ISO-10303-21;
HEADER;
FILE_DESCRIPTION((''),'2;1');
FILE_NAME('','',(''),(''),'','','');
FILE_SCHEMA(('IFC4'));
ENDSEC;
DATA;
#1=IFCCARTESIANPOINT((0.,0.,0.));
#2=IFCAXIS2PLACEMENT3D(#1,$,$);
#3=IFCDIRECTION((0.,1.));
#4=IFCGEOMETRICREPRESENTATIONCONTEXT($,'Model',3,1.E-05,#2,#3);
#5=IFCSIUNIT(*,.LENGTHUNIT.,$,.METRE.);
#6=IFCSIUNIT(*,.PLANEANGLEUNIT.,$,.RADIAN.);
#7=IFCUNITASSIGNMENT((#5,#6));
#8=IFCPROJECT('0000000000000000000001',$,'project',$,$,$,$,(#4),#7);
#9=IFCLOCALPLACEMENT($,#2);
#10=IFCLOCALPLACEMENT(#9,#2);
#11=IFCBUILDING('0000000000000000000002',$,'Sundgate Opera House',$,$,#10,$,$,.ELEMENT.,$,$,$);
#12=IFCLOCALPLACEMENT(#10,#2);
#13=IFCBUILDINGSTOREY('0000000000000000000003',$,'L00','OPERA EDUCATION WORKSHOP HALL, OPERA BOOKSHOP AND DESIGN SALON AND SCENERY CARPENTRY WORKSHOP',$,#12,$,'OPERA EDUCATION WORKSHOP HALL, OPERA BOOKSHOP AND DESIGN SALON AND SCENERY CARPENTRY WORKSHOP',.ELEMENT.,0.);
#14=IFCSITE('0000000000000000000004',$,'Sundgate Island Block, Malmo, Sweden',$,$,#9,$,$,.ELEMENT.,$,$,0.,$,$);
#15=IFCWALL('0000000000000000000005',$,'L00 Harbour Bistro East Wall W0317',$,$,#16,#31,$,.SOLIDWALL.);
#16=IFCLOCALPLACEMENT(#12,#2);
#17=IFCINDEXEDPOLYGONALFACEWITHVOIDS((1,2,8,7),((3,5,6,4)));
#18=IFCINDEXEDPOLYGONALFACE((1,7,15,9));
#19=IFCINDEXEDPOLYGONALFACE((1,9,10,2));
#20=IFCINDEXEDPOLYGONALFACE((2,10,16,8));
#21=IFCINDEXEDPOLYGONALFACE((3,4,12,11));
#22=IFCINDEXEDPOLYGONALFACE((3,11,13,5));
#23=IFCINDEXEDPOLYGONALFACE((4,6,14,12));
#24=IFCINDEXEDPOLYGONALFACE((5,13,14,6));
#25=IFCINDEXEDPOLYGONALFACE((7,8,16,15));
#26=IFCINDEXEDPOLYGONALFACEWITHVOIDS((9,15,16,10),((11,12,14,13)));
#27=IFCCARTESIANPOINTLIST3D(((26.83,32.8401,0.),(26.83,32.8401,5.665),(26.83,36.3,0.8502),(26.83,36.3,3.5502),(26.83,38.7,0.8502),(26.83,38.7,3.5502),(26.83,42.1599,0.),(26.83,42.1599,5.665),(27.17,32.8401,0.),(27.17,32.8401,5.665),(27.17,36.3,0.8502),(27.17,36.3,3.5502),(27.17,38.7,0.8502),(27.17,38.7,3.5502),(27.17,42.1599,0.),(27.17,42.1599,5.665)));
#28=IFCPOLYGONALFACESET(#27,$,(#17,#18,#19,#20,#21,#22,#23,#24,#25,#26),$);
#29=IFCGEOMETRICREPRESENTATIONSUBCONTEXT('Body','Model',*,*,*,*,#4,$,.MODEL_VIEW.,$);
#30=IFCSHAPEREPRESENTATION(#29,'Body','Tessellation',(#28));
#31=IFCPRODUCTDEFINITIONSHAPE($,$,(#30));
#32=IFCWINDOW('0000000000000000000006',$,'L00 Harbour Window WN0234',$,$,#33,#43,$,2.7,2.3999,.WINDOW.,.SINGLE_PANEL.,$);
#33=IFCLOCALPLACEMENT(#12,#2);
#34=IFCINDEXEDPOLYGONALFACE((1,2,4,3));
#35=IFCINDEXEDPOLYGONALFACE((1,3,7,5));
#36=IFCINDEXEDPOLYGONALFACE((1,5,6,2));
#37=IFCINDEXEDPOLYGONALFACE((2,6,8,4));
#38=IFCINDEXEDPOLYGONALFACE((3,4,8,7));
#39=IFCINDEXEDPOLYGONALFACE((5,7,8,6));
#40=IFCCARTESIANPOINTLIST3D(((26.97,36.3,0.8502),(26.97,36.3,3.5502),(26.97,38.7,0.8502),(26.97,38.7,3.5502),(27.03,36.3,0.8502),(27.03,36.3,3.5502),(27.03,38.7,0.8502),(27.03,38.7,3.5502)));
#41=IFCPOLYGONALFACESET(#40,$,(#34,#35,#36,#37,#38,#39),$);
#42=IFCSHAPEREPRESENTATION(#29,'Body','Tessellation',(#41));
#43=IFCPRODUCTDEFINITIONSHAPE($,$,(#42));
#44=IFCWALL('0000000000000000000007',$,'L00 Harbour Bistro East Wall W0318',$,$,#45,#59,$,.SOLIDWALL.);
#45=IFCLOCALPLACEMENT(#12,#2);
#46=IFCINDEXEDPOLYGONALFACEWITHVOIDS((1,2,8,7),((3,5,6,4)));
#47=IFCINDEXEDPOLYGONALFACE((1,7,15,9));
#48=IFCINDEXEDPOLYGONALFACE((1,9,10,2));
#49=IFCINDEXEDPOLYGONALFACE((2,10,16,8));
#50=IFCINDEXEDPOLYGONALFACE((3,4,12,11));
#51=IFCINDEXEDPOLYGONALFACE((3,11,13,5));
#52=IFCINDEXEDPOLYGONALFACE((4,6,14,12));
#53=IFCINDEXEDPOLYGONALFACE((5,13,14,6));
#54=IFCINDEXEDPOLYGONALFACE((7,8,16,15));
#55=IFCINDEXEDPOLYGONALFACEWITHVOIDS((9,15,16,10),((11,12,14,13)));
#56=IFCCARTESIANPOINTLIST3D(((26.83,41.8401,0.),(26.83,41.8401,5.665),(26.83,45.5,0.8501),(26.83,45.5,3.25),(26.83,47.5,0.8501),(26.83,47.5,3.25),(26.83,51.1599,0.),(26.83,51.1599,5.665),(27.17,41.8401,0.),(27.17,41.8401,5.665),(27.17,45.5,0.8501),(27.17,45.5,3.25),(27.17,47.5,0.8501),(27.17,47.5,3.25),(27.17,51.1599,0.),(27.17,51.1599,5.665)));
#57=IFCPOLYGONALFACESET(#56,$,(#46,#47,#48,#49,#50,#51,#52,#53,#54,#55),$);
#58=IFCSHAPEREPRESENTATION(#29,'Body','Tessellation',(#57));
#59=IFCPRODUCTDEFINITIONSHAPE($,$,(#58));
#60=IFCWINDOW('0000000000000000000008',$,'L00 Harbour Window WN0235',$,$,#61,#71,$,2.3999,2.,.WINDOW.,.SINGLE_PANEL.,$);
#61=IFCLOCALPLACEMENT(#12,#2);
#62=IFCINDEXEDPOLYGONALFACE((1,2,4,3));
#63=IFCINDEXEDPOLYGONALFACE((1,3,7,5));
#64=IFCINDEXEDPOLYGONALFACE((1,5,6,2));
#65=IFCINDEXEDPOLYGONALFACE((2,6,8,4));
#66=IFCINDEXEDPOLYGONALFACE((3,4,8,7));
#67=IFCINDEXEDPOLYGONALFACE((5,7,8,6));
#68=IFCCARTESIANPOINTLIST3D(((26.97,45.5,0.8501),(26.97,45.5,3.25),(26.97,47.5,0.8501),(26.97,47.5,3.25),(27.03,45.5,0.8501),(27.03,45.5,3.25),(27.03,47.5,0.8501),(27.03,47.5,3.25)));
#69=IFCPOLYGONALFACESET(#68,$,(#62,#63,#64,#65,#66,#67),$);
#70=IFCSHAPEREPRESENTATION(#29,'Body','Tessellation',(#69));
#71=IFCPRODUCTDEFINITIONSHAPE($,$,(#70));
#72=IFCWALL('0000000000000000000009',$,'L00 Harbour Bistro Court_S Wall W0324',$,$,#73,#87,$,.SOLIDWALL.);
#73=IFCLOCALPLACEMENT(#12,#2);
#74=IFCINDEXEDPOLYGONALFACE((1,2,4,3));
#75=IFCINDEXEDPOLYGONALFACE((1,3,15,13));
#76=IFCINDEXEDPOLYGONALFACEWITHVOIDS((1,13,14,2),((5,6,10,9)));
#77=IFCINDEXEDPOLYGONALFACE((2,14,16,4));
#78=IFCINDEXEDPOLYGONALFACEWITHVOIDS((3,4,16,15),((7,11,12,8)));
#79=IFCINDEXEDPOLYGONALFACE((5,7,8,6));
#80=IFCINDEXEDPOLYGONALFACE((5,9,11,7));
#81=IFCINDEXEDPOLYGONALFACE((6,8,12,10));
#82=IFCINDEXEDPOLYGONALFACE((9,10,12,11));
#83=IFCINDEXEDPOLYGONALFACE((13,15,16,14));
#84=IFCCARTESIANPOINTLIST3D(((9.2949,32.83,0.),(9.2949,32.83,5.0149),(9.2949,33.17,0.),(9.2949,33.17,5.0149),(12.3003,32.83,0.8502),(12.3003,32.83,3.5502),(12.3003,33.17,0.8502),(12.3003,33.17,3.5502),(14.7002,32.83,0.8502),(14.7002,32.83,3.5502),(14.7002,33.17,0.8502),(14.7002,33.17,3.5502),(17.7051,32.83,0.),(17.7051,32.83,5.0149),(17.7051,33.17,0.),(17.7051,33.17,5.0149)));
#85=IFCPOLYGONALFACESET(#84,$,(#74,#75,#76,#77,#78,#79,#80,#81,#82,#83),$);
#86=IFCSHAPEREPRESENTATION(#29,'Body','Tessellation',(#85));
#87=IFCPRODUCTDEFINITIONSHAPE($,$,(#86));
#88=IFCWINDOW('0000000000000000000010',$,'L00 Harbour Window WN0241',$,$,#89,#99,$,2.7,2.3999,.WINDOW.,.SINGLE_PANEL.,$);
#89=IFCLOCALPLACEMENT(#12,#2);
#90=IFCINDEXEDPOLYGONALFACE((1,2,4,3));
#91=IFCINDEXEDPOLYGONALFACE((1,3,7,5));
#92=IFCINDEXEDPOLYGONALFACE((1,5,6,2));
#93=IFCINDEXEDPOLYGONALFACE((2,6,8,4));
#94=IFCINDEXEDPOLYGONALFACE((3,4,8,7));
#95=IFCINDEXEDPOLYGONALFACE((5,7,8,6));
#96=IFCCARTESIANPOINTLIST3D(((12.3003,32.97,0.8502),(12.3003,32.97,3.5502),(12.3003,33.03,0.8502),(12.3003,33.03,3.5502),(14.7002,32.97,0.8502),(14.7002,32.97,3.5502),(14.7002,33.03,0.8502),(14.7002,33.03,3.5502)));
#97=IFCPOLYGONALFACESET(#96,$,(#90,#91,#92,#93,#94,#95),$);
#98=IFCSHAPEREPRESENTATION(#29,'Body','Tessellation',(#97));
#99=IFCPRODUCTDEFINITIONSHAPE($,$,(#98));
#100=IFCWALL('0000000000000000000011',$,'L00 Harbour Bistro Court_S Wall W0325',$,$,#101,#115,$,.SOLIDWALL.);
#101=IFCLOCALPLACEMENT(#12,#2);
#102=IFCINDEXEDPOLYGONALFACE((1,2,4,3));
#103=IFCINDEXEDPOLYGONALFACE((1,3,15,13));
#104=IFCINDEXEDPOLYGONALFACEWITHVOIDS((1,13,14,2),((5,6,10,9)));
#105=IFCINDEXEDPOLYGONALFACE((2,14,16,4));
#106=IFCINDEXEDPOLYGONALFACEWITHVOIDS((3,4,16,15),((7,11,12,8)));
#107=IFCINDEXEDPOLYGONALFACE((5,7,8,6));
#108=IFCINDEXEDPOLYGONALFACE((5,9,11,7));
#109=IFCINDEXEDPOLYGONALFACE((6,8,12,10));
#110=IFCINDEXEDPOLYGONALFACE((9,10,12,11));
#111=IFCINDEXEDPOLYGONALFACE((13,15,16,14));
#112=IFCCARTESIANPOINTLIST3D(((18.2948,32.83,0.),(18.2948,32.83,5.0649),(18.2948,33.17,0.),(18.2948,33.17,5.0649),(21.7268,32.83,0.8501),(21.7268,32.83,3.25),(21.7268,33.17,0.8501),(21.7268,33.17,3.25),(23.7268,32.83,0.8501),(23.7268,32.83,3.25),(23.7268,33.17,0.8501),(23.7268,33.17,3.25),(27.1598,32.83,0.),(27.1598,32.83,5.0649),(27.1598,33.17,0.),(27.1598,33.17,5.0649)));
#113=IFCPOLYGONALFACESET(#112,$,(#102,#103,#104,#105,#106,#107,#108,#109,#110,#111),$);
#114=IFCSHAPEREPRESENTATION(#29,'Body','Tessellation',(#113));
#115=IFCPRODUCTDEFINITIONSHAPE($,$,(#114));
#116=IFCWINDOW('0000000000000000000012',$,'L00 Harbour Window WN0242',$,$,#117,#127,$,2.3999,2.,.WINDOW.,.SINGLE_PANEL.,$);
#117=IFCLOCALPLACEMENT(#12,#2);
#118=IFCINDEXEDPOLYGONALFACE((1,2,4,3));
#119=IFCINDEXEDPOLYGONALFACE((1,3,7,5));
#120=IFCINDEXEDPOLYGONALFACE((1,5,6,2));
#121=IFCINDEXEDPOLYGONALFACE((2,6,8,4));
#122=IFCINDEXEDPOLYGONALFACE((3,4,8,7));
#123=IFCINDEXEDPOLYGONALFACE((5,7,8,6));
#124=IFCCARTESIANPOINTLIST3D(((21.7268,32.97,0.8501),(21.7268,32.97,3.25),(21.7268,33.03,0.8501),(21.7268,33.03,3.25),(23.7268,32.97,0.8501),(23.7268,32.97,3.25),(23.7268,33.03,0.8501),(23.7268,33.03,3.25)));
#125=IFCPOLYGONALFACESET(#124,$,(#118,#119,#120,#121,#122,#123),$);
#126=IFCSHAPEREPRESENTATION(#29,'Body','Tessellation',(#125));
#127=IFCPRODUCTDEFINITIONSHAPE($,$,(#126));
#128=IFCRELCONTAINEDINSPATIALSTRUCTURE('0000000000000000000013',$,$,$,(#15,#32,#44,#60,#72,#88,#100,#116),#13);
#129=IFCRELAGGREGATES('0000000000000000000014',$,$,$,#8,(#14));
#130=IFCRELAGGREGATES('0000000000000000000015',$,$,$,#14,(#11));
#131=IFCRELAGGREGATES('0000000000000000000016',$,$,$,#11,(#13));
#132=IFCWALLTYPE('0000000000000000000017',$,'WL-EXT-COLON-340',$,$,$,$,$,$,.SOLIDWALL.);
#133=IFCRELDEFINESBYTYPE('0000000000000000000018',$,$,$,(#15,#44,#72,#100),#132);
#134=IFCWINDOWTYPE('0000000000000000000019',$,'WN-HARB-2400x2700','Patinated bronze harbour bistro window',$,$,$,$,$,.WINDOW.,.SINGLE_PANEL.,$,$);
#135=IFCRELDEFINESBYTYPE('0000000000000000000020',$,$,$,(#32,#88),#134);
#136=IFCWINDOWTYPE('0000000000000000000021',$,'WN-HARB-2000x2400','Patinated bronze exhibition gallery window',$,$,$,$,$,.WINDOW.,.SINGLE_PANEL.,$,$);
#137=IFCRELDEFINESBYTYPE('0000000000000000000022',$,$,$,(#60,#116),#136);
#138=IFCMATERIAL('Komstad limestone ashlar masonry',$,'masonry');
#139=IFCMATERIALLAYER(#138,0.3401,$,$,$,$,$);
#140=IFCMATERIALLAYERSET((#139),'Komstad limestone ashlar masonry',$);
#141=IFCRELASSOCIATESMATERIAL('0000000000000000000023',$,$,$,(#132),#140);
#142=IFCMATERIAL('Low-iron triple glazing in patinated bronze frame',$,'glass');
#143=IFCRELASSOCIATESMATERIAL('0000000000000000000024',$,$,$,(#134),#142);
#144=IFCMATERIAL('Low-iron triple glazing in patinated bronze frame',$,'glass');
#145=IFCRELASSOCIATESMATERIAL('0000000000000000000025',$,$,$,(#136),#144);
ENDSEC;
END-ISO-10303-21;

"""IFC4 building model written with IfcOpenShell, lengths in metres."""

from ifc_helpers import new_model, si_unit, direction, frame, frame_2d, origin, place, context, subcontext, project, spatial, rectangle, extrude, material, layer, layer_set, type_object, element, fill, save


model = new_model("IFC4")

# Units and contexts
model_context = context("Model", 3, precision=1e-05, world=origin(), true_north=direction((0.0, 1.0)))
body_context = subcontext(model_context, "Body", "Model", "MODEL_VIEW")
ifc_project = project(units=[si_unit("LENGTHUNIT", "METRE"), si_unit("PLANEANGLEUNIT", "RADIAN")], contexts=[model_context])

# Site, building, storey
site_placement = place(None, origin())
site = spatial("IfcSite", under=ifc_project, at=site_placement, Name="Sundgate Island Block, Malmo, Sweden", CompositionType="ELEMENT", RefElevation=0.0)
building_placement = place(site_placement, origin())
building = spatial("IfcBuilding", under=site, at=building_placement, Name="Sundgate Opera House", CompositionType="ELEMENT")
storey_placement = place(building_placement, origin())
storey = spatial("IfcBuildingStorey", under=building, at=storey_placement, Name="L00", Description="OPERA EDUCATION WORKSHOP HALL, OPERA BOOKSHOP AND DESIGN SALON AND SCENERY CARPENTRY WORKSHOP", LongName="OPERA EDUCATION WORKSHOP HALL, OPERA BOOKSHOP AND DESIGN SALON AND SCENERY CARPENTRY WORKSHOP", CompositionType="ELEMENT", Elevation=0.0)

# Walls, openings, windows
ifc_material_1 = material(Name="Komstad limestone ashlar masonry", Category="masonry")
ifc_layer = layer(ifc_material_1, 0.3401)
ifc_layer_set = layer_set([ifc_layer], Name="Komstad limestone ashlar masonry")
wall_type = type_object("IfcWallType", Name="WL-EXT-COLON-340", PredefinedType="SOLIDWALL", material=ifc_layer_set)
wall_1_placement = place(storey_placement, frame((27.0, 32.8401, 0.0), z_axis=(0.0, 0.0, 1.0), x_axis=(0.0, 1.0, 0.0)))
wall_1 = element("IfcWall", 1, at=wall_1_placement, inside=storey, type_object=wall_type, Name="L00 Harbour Bistro East Wall W0317", PredefinedType="SOLIDWALL", context=body_context, shape_type="SweptSolid", body=[
    extrude(rectangle(XDim=9.3198, YDim=0.3401, at=frame_2d((4.6599, 0.0))), origin(), (0.0, 0.0, 1.0), 5.665),
])
opening_1_placement = place(wall_1_placement, frame((3.46, 0.0, 0.8501)))
opening_1 = element("IfcOpeningElement", 2, at=opening_1_placement, cuts=wall_1, PredefinedType="OPENING", context=body_context, shape_type="SweptSolid", body=[
    extrude(rectangle(XDim=2.3999, YDim=2.7, at=frame_2d((1.2, 1.3501))), frame((0.0, 0.1799, 0.0), z_axis=(0.0, -1.0, 0.0), x_axis=(1.0, 0.0, 0.0)), (0.0, 0.0, 1.0), 0.3601),
])
ifc_material_2 = material(Name="Low-iron triple glazing in patinated bronze frame", Category="glass")
window_type_1 = type_object("IfcWindowType", Name="WN-HARB-2400x2700", Description="Patinated bronze harbour bistro window", PartitioningType="SINGLE_PANEL", PredefinedType="WINDOW", material=ifc_material_2)
window_1_placement = place(opening_1_placement, origin())
window_1 = element("IfcWindow", 3, at=window_1_placement, inside=storey, type_object=window_type_1, Name="L00 Harbour Window WN0234", OverallHeight=2.7, OverallWidth=2.3999, PartitioningType="SINGLE_PANEL", PredefinedType="WINDOW", context=body_context, shape_type="SweptSolid", body=[
    extrude(rectangle(XDim=2.3999, YDim=2.7, at=frame_2d((1.2, 1.3501))), frame((0.0, 0.03, 0.0), z_axis=(0.0, -1.0, 0.0), x_axis=(1.0, 0.0, 0.0)), (0.0, 0.0, 1.0), 0.0601),
])
fill(opening_1, window_1)
wall_2_placement = place(storey_placement, frame((27.0, 41.8401, 0.0), z_axis=(0.0, 0.0, 1.0), x_axis=(0.0, 1.0, 0.0)))
wall_2 = element("IfcWall", 4, at=wall_2_placement, inside=storey, type_object=wall_type, Name="L00 Harbour Bistro East Wall W0318", PredefinedType="SOLIDWALL", context=body_context, shape_type="SweptSolid", body=[
    extrude(rectangle(XDim=9.3198, YDim=0.3401, at=frame_2d((4.6599, 0.0))), origin(), (0.0, 0.0, 1.0), 5.665),
])
opening_2_placement = place(wall_2_placement, frame((3.6599, 0.0, 0.8501)))
opening_2 = element("IfcOpeningElement", 5, at=opening_2_placement, cuts=wall_2, PredefinedType="OPENING", context=body_context, shape_type="SweptSolid", body=[
    extrude(rectangle(XDim=2.0, YDim=2.3999, at=frame_2d((1.0, 1.2))), frame((0.0, 0.1799, 0.0), z_axis=(0.0, -1.0, 0.0), x_axis=(1.0, 0.0, 0.0)), (0.0, 0.0, 1.0), 0.3601),
])
ifc_material_3 = material(Name="Low-iron triple glazing in patinated bronze frame", Category="glass")
window_type_2 = type_object("IfcWindowType", Name="WN-HARB-2000x2400", Description="Patinated bronze exhibition gallery window", PartitioningType="SINGLE_PANEL", PredefinedType="WINDOW", material=ifc_material_3)
window_2_placement = place(opening_2_placement, origin())
window_2 = element("IfcWindow", 6, at=window_2_placement, inside=storey, type_object=window_type_2, Name="L00 Harbour Window WN0235", OverallHeight=2.3999, OverallWidth=2.0, PartitioningType="SINGLE_PANEL", PredefinedType="WINDOW", context=body_context, shape_type="SweptSolid", body=[
    extrude(rectangle(XDim=2.0, YDim=2.3999, at=frame_2d((1.0, 1.2))), frame((0.0, 0.03, 0.0), z_axis=(0.0, -1.0, 0.0), x_axis=(1.0, 0.0, 0.0)), (0.0, 0.0, 1.0), 0.0601),
])
fill(opening_2, window_2)
wall_3_placement = place(storey_placement, frame((17.7051, 33.0, 0.0), z_axis=(0.0, 0.0, 1.0), x_axis=(-1.0, 0.0, 0.0)))
wall_3 = element("IfcWall", 7, at=wall_3_placement, inside=storey, type_object=wall_type, Name="L00 Harbour Bistro Court_S Wall W0324", PredefinedType="SOLIDWALL", context=body_context, shape_type="SweptSolid", body=[
    extrude(rectangle(XDim=8.4102, YDim=0.3401, at=frame_2d((4.2051, 0.0))), origin(), (0.0, 0.0, 1.0), 5.0149),
])
opening_3_placement = place(wall_3_placement, frame((3.0049, 0.0, 0.8501)))
opening_3 = element("IfcOpeningElement", 8, at=opening_3_placement, cuts=wall_3, PredefinedType="OPENING", context=body_context, shape_type="SweptSolid", body=[
    extrude(rectangle(XDim=2.3999, YDim=2.7, at=frame_2d((1.2, 1.3501))), frame((0.0, 0.1799, 0.0), z_axis=(0.0, -1.0, 0.0), x_axis=(1.0, 0.0, 0.0)), (0.0, 0.0, 1.0), 0.3601),
])
window_3_placement = place(opening_3_placement, origin())
window_3 = element("IfcWindow", 9, at=window_3_placement, inside=storey, type_object=window_type_1, Name="L00 Harbour Window WN0241", OverallHeight=2.7, OverallWidth=2.3999, PartitioningType="SINGLE_PANEL", PredefinedType="WINDOW", context=body_context, shape_type="SweptSolid", body=[
    extrude(rectangle(XDim=2.3999, YDim=2.7, at=frame_2d((1.2, 1.3501))), frame((0.0, 0.03, 0.0), z_axis=(0.0, -1.0, 0.0), x_axis=(1.0, 0.0, 0.0)), (0.0, 0.0, 1.0), 0.0601),
])
fill(opening_3, window_3)
wall_4_placement = place(storey_placement, frame((27.1599, 33.0, 0.0), z_axis=(0.0, 0.0, 1.0), x_axis=(-1.0, 0.0, 0.0)))
wall_4 = element("IfcWall", 10, at=wall_4_placement, inside=storey, type_object=wall_type, Name="L00 Harbour Bistro Court_S Wall W0325", PredefinedType="SOLIDWALL", context=body_context, shape_type="SweptSolid", body=[
    extrude(rectangle(XDim=8.865, YDim=0.3401, at=frame_2d((4.4326, 0.0))), origin(), (0.0, 0.0, 1.0), 5.0649),
])
opening_4_placement = place(wall_4_placement, frame((3.4331, 0.0, 0.8501)))
opening_4 = element("IfcOpeningElement", 11, at=opening_4_placement, cuts=wall_4, PredefinedType="OPENING", context=body_context, shape_type="SweptSolid", body=[
    extrude(rectangle(XDim=2.0, YDim=2.3999, at=frame_2d((1.0, 1.2))), frame((0.0, 0.1799, 0.0), z_axis=(0.0, -1.0, 0.0), x_axis=(1.0, 0.0, 0.0)), (0.0, 0.0, 1.0), 0.3601),
])
window_4_placement = place(opening_4_placement, origin())
window_4 = element("IfcWindow", 12, at=window_4_placement, inside=storey, type_object=window_type_2, Name="L00 Harbour Window WN0242", OverallHeight=2.3999, OverallWidth=2.0, PartitioningType="SINGLE_PANEL", PredefinedType="WINDOW", context=body_context, shape_type="SweptSolid", body=[
    extrude(rectangle(XDim=2.0, YDim=2.3999, at=frame_2d((1.0, 1.2))), frame((0.0, 0.03, 0.0), z_axis=(0.0, -1.0, 0.0), x_axis=(1.0, 0.0, 0.0)), (0.0, 0.0, 1.0), 0.0601),
])
fill(opening_4, window_4)

save(model, "model.ifc")
